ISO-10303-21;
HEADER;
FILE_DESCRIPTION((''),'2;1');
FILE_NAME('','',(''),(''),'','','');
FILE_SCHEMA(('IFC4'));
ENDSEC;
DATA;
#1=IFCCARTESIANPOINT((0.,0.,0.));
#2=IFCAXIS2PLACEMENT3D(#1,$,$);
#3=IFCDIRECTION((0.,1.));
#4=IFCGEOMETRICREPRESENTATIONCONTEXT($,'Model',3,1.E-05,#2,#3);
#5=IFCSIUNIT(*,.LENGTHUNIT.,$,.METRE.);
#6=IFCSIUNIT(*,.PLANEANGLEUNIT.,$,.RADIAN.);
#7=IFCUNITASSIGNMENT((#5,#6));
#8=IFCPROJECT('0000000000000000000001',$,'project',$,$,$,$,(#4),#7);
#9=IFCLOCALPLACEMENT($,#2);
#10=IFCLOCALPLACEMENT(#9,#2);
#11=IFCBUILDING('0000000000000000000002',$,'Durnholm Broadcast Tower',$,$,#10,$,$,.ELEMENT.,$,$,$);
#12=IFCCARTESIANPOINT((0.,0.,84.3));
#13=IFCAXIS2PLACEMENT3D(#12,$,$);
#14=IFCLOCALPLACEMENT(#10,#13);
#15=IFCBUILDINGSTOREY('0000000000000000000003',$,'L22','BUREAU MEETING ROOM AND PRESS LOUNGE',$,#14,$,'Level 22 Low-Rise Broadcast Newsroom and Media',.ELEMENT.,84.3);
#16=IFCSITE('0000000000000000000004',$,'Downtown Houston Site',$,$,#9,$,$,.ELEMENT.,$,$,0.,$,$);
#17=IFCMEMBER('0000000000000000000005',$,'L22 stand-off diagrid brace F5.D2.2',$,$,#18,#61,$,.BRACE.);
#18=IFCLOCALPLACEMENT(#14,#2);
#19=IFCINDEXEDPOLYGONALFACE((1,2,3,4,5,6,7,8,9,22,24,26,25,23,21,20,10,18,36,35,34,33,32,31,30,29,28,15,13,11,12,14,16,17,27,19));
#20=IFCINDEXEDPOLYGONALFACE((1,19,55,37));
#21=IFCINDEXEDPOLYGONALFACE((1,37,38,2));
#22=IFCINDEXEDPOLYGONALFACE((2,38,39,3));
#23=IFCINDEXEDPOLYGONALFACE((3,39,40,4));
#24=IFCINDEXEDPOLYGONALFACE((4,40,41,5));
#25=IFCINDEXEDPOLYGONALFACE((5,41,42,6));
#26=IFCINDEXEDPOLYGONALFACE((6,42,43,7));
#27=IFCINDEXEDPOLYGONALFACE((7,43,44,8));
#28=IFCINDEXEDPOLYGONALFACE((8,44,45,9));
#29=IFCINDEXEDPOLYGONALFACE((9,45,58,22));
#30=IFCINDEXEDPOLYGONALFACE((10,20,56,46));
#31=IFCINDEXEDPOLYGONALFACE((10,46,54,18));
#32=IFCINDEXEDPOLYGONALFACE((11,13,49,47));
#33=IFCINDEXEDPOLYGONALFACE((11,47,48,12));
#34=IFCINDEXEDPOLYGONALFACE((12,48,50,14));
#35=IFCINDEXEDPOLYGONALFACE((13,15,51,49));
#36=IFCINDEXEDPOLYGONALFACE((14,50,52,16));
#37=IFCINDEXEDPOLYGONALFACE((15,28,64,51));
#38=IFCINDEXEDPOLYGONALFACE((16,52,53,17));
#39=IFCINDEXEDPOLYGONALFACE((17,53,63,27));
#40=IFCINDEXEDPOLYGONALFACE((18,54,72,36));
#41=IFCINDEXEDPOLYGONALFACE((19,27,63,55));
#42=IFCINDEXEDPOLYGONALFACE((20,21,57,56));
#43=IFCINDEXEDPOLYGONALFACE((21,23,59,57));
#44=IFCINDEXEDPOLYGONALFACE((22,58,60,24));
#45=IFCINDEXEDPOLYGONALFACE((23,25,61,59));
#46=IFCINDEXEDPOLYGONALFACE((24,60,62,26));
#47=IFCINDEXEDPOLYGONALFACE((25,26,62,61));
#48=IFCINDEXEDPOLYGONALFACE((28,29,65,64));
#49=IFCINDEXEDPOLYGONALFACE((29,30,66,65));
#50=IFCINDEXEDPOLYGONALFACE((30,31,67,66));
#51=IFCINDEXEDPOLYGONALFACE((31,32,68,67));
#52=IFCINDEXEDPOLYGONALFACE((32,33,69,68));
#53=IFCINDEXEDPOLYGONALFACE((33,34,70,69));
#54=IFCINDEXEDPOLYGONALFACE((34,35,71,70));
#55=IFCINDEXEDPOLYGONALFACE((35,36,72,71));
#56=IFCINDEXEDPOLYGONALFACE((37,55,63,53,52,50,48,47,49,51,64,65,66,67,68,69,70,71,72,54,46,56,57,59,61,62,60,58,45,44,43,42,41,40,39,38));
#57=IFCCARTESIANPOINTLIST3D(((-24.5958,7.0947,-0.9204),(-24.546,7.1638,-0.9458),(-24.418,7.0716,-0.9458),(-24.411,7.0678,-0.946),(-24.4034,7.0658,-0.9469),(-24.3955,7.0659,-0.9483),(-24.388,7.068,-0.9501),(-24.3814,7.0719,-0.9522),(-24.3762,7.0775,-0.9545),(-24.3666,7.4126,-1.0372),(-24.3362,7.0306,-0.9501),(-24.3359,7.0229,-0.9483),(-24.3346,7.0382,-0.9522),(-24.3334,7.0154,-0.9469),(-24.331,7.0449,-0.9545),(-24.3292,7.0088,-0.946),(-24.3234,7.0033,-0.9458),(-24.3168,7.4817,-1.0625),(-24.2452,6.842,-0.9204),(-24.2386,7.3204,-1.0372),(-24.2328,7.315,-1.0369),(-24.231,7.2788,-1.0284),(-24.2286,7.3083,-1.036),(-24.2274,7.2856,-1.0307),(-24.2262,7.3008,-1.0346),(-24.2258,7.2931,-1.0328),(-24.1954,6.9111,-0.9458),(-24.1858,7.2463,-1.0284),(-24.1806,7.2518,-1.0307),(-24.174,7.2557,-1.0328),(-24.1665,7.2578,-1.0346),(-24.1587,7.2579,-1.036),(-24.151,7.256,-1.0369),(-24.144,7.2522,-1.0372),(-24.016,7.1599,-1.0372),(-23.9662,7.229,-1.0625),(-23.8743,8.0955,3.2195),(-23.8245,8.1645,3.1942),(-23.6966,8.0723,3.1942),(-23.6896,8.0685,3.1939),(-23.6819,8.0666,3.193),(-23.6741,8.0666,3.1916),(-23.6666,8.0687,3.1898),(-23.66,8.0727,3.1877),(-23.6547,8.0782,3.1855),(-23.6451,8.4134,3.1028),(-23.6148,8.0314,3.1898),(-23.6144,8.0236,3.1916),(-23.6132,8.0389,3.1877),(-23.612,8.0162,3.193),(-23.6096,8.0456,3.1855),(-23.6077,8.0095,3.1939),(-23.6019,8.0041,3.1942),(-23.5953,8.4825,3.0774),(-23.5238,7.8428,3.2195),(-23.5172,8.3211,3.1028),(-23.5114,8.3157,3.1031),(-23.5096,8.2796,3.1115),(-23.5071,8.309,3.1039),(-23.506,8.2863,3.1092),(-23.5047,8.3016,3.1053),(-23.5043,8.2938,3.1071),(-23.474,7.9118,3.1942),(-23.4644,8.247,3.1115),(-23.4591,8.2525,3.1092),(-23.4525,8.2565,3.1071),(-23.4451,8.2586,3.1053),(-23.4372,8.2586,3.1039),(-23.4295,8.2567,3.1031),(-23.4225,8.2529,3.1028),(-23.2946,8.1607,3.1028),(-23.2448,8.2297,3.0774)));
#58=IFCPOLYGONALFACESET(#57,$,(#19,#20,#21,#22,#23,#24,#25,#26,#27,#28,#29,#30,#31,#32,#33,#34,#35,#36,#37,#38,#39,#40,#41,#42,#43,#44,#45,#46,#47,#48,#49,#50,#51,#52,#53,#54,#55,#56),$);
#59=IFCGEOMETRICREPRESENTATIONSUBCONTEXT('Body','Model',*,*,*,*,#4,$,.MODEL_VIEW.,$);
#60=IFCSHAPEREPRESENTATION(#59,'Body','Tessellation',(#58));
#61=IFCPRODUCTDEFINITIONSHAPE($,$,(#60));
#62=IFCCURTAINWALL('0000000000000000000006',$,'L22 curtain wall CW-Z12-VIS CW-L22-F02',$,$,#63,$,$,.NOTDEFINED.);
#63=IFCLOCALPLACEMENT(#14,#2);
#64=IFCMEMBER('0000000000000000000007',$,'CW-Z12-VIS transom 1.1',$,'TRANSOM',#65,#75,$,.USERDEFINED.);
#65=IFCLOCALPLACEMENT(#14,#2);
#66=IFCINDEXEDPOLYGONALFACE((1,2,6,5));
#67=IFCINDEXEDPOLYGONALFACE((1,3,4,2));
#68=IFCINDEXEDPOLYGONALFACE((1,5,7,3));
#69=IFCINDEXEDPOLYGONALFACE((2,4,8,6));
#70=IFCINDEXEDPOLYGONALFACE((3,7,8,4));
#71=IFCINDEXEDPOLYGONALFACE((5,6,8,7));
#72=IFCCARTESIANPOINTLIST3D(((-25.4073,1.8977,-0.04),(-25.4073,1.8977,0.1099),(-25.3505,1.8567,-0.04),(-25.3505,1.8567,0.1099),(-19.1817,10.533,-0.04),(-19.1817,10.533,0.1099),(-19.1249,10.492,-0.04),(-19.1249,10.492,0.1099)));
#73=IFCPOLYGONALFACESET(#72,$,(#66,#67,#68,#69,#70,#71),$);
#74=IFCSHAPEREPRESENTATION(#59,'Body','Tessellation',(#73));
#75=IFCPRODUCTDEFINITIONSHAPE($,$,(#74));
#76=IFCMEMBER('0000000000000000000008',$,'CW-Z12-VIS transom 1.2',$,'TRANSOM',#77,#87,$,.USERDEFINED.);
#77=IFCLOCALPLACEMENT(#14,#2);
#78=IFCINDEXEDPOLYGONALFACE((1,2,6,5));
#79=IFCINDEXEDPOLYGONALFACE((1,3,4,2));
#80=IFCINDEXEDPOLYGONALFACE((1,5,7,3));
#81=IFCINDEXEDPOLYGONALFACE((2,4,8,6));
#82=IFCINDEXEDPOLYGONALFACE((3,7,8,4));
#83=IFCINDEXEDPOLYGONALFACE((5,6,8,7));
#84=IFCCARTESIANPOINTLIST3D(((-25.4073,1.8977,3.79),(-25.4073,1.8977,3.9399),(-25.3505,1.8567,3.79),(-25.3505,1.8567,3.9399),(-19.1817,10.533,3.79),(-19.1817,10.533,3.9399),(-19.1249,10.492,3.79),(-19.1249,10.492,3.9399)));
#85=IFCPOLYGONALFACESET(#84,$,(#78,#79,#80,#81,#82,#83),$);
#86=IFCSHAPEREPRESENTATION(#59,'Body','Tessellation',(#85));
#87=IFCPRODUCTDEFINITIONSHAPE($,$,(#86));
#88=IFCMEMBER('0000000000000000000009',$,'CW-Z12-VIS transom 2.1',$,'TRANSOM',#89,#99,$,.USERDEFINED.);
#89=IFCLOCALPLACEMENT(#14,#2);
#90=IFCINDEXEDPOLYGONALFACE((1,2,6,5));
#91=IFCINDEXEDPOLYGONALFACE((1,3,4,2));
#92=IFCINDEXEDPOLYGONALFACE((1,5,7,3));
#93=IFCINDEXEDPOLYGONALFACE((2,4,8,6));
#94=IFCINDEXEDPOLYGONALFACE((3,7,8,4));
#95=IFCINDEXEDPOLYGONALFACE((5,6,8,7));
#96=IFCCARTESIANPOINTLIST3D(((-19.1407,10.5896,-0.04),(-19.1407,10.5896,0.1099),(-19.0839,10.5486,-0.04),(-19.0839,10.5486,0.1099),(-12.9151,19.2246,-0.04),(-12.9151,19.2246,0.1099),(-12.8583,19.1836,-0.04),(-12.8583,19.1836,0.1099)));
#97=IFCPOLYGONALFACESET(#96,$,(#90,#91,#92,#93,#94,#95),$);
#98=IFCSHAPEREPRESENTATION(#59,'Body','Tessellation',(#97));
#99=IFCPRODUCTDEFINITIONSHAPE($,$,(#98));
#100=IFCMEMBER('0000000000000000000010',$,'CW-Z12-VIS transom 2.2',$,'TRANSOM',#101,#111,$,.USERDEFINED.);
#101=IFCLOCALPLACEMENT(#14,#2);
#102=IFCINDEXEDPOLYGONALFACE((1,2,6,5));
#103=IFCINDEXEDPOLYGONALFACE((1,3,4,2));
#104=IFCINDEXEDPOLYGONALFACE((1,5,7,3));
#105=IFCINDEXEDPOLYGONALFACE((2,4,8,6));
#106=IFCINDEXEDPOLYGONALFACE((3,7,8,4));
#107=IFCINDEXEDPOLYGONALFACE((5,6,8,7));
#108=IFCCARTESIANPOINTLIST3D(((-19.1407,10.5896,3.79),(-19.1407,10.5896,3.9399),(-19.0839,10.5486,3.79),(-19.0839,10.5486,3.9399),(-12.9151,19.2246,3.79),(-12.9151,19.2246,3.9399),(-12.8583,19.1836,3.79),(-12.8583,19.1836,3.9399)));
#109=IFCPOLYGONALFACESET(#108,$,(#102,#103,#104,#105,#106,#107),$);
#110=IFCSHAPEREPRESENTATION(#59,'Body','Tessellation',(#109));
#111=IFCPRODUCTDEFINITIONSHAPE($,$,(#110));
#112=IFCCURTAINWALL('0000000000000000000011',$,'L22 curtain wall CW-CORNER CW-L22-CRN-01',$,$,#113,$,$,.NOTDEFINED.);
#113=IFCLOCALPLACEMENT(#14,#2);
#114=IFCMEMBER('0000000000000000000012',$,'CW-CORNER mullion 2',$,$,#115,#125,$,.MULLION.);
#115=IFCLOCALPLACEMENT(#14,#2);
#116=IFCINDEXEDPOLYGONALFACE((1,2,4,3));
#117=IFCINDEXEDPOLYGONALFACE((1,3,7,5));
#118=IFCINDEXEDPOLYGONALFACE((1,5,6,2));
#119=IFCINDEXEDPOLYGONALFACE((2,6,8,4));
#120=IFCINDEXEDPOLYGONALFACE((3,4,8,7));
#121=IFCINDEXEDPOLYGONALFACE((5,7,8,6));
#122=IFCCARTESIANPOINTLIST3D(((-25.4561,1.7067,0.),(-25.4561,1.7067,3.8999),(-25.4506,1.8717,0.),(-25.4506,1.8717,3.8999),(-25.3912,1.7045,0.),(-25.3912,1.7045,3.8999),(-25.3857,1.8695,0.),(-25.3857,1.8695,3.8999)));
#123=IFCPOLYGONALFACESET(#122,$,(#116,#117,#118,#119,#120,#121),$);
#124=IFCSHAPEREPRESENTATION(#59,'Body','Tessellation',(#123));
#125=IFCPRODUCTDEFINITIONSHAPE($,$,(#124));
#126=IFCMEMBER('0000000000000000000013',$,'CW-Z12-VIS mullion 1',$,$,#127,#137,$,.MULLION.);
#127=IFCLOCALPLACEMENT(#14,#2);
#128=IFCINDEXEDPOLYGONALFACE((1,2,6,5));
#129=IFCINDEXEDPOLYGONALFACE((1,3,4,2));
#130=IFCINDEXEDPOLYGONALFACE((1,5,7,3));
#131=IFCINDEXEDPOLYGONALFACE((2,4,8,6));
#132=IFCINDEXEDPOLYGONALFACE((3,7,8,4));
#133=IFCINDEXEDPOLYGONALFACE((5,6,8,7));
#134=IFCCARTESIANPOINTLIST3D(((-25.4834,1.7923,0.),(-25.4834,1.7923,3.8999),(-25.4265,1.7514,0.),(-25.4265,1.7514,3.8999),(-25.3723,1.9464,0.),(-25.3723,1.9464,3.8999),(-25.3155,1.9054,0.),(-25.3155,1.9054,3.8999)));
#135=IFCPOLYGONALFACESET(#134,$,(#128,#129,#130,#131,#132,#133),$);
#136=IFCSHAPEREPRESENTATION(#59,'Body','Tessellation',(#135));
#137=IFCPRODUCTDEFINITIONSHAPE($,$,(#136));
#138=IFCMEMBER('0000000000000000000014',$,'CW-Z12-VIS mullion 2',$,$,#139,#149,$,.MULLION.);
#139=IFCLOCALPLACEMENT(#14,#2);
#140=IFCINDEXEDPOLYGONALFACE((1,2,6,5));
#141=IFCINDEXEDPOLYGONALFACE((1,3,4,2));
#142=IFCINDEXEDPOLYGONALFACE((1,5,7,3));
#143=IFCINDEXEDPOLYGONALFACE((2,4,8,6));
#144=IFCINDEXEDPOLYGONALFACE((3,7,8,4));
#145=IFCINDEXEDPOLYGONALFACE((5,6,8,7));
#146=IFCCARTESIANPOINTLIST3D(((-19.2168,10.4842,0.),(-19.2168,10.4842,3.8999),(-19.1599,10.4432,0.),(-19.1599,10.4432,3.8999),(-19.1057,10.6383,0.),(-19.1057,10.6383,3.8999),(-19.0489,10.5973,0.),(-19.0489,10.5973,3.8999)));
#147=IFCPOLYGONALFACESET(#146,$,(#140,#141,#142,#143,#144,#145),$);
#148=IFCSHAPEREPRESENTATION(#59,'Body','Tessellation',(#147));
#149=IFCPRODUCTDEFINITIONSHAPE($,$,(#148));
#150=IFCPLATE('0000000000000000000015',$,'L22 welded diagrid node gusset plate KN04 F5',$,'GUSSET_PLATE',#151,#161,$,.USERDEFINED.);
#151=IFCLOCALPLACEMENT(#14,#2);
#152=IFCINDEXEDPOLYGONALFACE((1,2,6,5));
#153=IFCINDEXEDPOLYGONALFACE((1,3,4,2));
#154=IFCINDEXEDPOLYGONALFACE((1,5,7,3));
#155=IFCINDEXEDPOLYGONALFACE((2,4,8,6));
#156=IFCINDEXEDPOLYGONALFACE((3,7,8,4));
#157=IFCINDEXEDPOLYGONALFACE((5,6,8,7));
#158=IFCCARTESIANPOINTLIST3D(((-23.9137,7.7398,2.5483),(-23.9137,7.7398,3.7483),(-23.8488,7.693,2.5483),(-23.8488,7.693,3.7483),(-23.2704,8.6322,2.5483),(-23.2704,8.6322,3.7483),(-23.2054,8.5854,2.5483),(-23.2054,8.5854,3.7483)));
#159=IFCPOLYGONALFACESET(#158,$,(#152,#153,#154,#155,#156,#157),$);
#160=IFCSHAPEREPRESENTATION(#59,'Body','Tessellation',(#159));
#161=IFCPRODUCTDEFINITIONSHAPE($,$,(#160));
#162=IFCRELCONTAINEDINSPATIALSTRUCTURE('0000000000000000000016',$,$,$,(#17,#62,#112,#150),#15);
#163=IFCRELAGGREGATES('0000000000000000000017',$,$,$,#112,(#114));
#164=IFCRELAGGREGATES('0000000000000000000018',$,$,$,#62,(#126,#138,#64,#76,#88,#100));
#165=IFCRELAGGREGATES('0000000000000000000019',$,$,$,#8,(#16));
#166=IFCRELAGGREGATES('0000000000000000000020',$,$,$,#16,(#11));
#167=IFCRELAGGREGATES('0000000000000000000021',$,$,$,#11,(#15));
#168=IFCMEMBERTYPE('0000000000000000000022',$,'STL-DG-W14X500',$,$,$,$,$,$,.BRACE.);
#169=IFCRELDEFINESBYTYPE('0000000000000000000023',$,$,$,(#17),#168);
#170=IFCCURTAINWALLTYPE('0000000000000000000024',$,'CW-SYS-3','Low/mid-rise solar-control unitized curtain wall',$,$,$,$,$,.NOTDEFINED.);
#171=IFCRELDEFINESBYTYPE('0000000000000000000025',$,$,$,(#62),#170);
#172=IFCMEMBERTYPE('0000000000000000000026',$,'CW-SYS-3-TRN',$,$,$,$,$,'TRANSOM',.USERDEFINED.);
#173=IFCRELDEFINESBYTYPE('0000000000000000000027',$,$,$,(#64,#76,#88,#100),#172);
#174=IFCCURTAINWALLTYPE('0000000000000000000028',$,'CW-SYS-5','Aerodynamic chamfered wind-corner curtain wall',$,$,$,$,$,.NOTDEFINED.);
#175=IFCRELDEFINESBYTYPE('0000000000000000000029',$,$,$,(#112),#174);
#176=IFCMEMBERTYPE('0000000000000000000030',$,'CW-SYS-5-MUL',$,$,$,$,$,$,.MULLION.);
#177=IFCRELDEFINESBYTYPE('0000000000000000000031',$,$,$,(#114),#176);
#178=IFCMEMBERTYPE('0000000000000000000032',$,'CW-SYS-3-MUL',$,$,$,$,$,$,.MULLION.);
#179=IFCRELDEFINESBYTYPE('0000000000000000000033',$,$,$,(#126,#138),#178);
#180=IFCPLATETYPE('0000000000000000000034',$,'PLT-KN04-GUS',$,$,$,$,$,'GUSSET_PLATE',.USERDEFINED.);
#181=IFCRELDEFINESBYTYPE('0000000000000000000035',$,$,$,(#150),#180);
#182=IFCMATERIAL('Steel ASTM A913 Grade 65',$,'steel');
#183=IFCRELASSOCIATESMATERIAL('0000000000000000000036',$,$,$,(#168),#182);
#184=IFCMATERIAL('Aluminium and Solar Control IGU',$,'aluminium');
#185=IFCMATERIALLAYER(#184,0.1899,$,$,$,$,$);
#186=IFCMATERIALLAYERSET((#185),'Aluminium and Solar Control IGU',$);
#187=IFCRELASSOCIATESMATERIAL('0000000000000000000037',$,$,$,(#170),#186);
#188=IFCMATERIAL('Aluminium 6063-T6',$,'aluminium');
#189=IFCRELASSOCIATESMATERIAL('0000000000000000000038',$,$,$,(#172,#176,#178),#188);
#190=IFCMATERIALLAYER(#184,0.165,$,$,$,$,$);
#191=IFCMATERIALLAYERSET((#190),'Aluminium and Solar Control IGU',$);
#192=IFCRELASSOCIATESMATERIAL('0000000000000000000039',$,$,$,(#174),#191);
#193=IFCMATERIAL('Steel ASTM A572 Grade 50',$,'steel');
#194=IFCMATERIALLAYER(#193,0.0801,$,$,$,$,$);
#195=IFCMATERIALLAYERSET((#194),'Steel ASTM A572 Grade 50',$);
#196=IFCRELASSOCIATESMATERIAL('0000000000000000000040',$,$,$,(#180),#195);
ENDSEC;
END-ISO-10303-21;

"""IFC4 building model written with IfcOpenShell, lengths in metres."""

from ifc_helpers import new_model, si_unit, direction, frame, origin, origin_2d, place, context, subcontext, project, spatial, rectangle, i_section, extrude, source, transform, mapped, material, layer, layer_set, material_profile, profile_set, type_object, type_shapes, element, aggregate, save


model = new_model("IFC4")

# Units and contexts
model_context = context("Model", 3, precision=1e-05, world=origin(), true_north=direction((0.0, 1.0)))
body_context = subcontext(model_context, "Body", "Model", "MODEL_VIEW")
ifc_project = project(units=[si_unit("LENGTHUNIT", "METRE"), si_unit("PLANEANGLEUNIT", "RADIAN")], contexts=[model_context])

# Site, building, storey
site_placement = place(None, origin())
site = spatial("IfcSite", under=ifc_project, at=site_placement, Name="Downtown Houston Site", CompositionType="ELEMENT", RefElevation=0.0)
building_placement = place(site_placement, origin())
building = spatial("IfcBuilding", under=site, at=building_placement, Name="Durnholm Broadcast Tower", CompositionType="ELEMENT")
storey_placement = place(building_placement, frame((0.0, 0.0, 84.3)))
storey = spatial("IfcBuildingStorey", under=building, at=storey_placement, Name="L22", Description="BUREAU MEETING ROOM AND PRESS LOUNGE", LongName="Level 22 Low-Rise Broadcast Newsroom and Media", CompositionType="ELEMENT", Elevation=84.3)

# Member
ifc_material_1 = material(Name="Steel ASTM A913 Grade 65", Category="steel")
ifc_material_profile_1 = material_profile(ifc_material_1, i_section(OverallWidth=0.4321, OverallDepth=0.4978, WebThickness=0.0557, FlangeThickness=0.0889, FilletRadius=0.0305, at=origin_2d()), Name="W14X500")
ifc_profile_set_1 = profile_set([ifc_material_profile_1], Name="Steel ASTM A913 Grade 65")
member_type_1 = type_object("IfcMemberType", Name="STL-DG-W14X500", PredefinedType="BRACE", material=ifc_profile_set_1)
shared_shape_1 = source(origin(), body_context, "Body", "SweptSolid", [
    extrude(i_section(OverallWidth=0.4321, OverallDepth=0.4978, WebThickness=0.0557, FlangeThickness=0.0889, FilletRadius=0.0305, at=origin_2d()), origin(), (0.0, 0.0, 1.0), 4.3198),
])
type_shapes(member_type_1, [shared_shape_1])
for number, where, z_axis, x_axis, name in (
    (1, (-24.281, 7.1619, -0.9915), (0.167007, 0.231662, 0.958354), (-0.811185, 0.584789, 0.0), "L22 stand-off diagrid brace F5.D2.2"),
):
    element("IfcMember", number, at=place(storey_placement, frame(where, z_axis=z_axis, x_axis=x_axis)), inside=storey, type_object=member_type_1, Name=name, PredefinedType="BRACE", context=body_context, shape_type="MappedRepresentation", body=[
        mapped(shared_shape_1, transform((0.0, 0.0, 0.0), x_axis=(1.0, 0.0, 0.0), y_axis=(0.0, 1.0, 0.0), z_axis=(0.0, 0.0, 1.0), scale=1.0)),
    ])

# Curtain wall, members
ifc_material_2 = material(Name="Aluminium and Solar Control IGU", Category="aluminium")
ifc_layer_1 = layer(ifc_material_2, 0.1899)
ifc_layer_set_1 = layer_set([ifc_layer_1], Name="Aluminium and Solar Control IGU")
curtain_wall_type_1 = type_object("IfcCurtainWallType", Name="CW-SYS-3", Description="Low/mid-rise solar-control unitized curtain wall", PredefinedType="NOTDEFINED", material=ifc_layer_set_1)
curtain_wall_1_placement = place(storey_placement, origin())
curtain_wall_1 = element("IfcCurtainWall", 2, at=curtain_wall_1_placement, inside=storey, type_object=curtain_wall_type_1, Name="L22 curtain wall CW-Z12-VIS CW-L22-F02", PredefinedType="NOTDEFINED")
ifc_material_3 = material(Name="Aluminium 6063-T6", Category="aluminium")
ifc_material_profile_2 = material_profile(ifc_material_3, rectangle(XDim=0.0701, YDim=0.1499, at=origin_2d()), Name="CWT70X150")
ifc_profile_set_2 = profile_set([ifc_material_profile_2], Name="Aluminium 6063-T6")
member_type_2 = type_object("IfcMemberType", Name="CW-SYS-3-TRN", ElementType="TRANSOM", PredefinedType="USERDEFINED", material=ifc_profile_set_2)
shared_shape_2 = source(origin(), body_context, "Body", "SweptSolid", [
    extrude(rectangle(XDim=0.0701, YDim=0.1499, at=origin_2d()), origin(), (0.0, 0.0, 1.0), 10.6455),
])
member_1_placement = place(storey_placement, frame((-25.3789, 1.8772, 0.0349), z_axis=(0.584812, 0.811169, 0.0), x_axis=(-0.811169, 0.584812, 0.0)))
member_1 = element("IfcMember", 3, at=member_1_placement, type_object=member_type_2, Name="CW-Z12-VIS transom 1.1", ObjectType="TRANSOM", PredefinedType="USERDEFINED", context=body_context, shape_type="MappedRepresentation", body=[
    mapped(shared_shape_2, transform((0.0, 0.0, 0.0), x_axis=(1.0, 0.0, 0.0), y_axis=(0.0, 1.0, 0.0), z_axis=(0.0, 0.0, 1.0), scale=1.0)),
])
member_2_placement = place(storey_placement, frame((-25.3789, 1.8772, 3.865), z_axis=(0.584812, 0.811169, 0.0), x_axis=(-0.811169, 0.584812, 0.0)))
member_2 = element("IfcMember", 4, at=member_2_placement, type_object=member_type_2, Name="CW-Z12-VIS transom 1.2", ObjectType="TRANSOM", PredefinedType="USERDEFINED", context=body_context, shape_type="MappedRepresentation", body=[
    mapped(shared_shape_2, transform((0.0, 0.0, 0.0), x_axis=(1.0, 0.0, 0.0), y_axis=(0.0, 1.0, 0.0), z_axis=(0.0, 0.0, 1.0), scale=1.0)),
])
shared_shape_3 = source(origin(), body_context, "Body", "SweptSolid", [
    extrude(rectangle(XDim=0.0701, YDim=0.1499, at=origin_2d()), origin(), (0.0, 0.0, 1.0), 10.6453),
])
type_shapes(member_type_2, [shared_shape_2, shared_shape_3])
member_3_placement = place(storey_placement, frame((-19.1123, 10.5691, 0.0349), z_axis=(0.584823, 0.811161, 0.0), x_axis=(-0.811161, 0.584823, 0.0)))
member_3 = element("IfcMember", 5, at=member_3_placement, type_object=member_type_2, Name="CW-Z12-VIS transom 2.1", ObjectType="TRANSOM", PredefinedType="USERDEFINED", context=body_context, shape_type="MappedRepresentation", body=[
    mapped(shared_shape_3, transform((0.0, 0.0, 0.0), x_axis=(1.0, 0.0, 0.0), y_axis=(0.0, 1.0, 0.0), z_axis=(0.0, 0.0, 1.0), scale=1.0)),
])
member_4_placement = place(storey_placement, frame((-19.1123, 10.5691, 3.865), z_axis=(0.584823, 0.811161, 0.0), x_axis=(-0.811161, 0.584823, 0.0)))
member_4 = element("IfcMember", 6, at=member_4_placement, type_object=member_type_2, Name="CW-Z12-VIS transom 2.2", ObjectType="TRANSOM", PredefinedType="USERDEFINED", context=body_context, shape_type="MappedRepresentation", body=[
    mapped(shared_shape_3, transform((0.0, 0.0, 0.0), x_axis=(1.0, 0.0, 0.0), y_axis=(0.0, 1.0, 0.0), z_axis=(0.0, 0.0, 1.0), scale=1.0)),
])

# Curtain wall, member
ifc_layer_2 = layer(ifc_material_2, 0.165)
ifc_layer_set_2 = layer_set([ifc_layer_2], Name="Aluminium and Solar Control IGU")
curtain_wall_type_2 = type_object("IfcCurtainWallType", Name="CW-SYS-5", Description="Aerodynamic chamfered wind-corner curtain wall", PredefinedType="NOTDEFINED", material=ifc_layer_set_2)
curtain_wall_2_placement = place(storey_placement, origin())
curtain_wall_2 = element("IfcCurtainWall", 7, at=curtain_wall_2_placement, inside=storey, type_object=curtain_wall_type_2, Name="L22 curtain wall CW-CORNER CW-L22-CRN-01", PredefinedType="NOTDEFINED")
ifc_material_profile_3 = material_profile(ifc_material_3, rectangle(XDim=0.0649, YDim=0.165, at=origin_2d()), Name="CWM65X165")
ifc_profile_set_3 = profile_set([ifc_material_profile_3], Name="Aluminium 6063-T6")
member_type_3 = type_object("IfcMemberType", Name="CW-SYS-5-MUL", PredefinedType="MULLION", material=ifc_profile_set_3)
shared_shape_4 = source(origin(), body_context, "Body", "SweptSolid", [
    extrude(rectangle(XDim=0.0649, YDim=0.165, at=origin_2d()), origin(), (0.0, 0.0, 1.0), 3.8999),
])
type_shapes(member_type_3, [shared_shape_4])
member_5_placement = place(storey_placement, frame((-25.4209, 1.7881, 0.0), z_axis=(0.0, 0.0, 1.0), x_axis=(-0.999427, 0.03384, 0.0)))
member_5 = element("IfcMember", 8, at=member_5_placement, type_object=member_type_3, Name="CW-CORNER mullion 2", PredefinedType="MULLION", context=body_context, shape_type="MappedRepresentation", body=[
    mapped(shared_shape_4, transform((0.0, 0.0, 0.0), x_axis=(1.0, 0.0, 0.0), y_axis=(0.0, 1.0, 0.0), z_axis=(0.0, 0.0, 1.0), scale=1.0)),
])

# Members
ifc_material_profile_4 = material_profile(ifc_material_3, rectangle(XDim=0.0701, YDim=0.1899, at=origin_2d()), Name="CWM70X190")
ifc_profile_set_4 = profile_set([ifc_material_profile_4], Name="Aluminium 6063-T6")
member_type_4 = type_object("IfcMemberType", Name="CW-SYS-3-MUL", PredefinedType="MULLION", material=ifc_profile_set_4)
shared_shape_5 = source(origin(), body_context, "Body", "SweptSolid", [
    extrude(rectangle(XDim=0.0701, YDim=0.1899, at=origin_2d()), origin(), (0.0, 0.0, 1.0), 3.8999),
])
type_shapes(member_type_4, [shared_shape_5])
member_6_placement = place(storey_placement, frame((-25.3994, 1.8489, 0.0), z_axis=(0.0, 0.0, 1.0), x_axis=(-0.811161, 0.584823, 0.0)))
member_6 = element("IfcMember", 9, at=member_6_placement, type_object=member_type_4, Name="CW-Z12-VIS mullion 1", PredefinedType="MULLION", context=body_context, shape_type="MappedRepresentation", body=[
    mapped(shared_shape_5, transform((0.0, 0.0, 0.0), x_axis=(1.0, 0.0, 0.0), y_axis=(0.0, 1.0, 0.0), z_axis=(0.0, 0.0, 1.0), scale=1.0)),
])
member_7_placement = place(storey_placement, frame((-19.1328, 10.5408, 0.0), z_axis=(0.0, 0.0, 1.0), x_axis=(-0.811161, 0.584823, 0.0)))
member_7 = element("IfcMember", 10, at=member_7_placement, type_object=member_type_4, Name="CW-Z12-VIS mullion 2", PredefinedType="MULLION", context=body_context, shape_type="MappedRepresentation", body=[
    mapped(shared_shape_5, transform((0.0, 0.0, 0.0), x_axis=(1.0, 0.0, 0.0), y_axis=(0.0, 1.0, 0.0), z_axis=(0.0, 0.0, 1.0), scale=1.0)),
])

# Plate
ifc_material_4 = material(Name="Steel ASTM A572 Grade 50", Category="steel")
ifc_layer_3 = layer(ifc_material_4, 0.0801)
ifc_layer_set_3 = layer_set([ifc_layer_3], Name="Steel ASTM A572 Grade 50")
plate_type_1 = type_object("IfcPlateType", Name="PLT-KN04-GUS", ElementType="GUSSET_PLATE", PredefinedType="USERDEFINED", material=ifc_layer_set_3)
shared_shape_6 = source(origin(), body_context, "Body", "SweptSolid", [
    extrude(rectangle(XDim=1.1001, YDim=0.0801, at=origin_2d()), origin(), (0.0, 0.0, 1.0), 1.2),
])
type_shapes(plate_type_1, [shared_shape_6])
plate_1_placement = place(storey_placement, frame((-23.5596, 8.1626, 2.5483), z_axis=(0.0, 0.0, 1.0), x_axis=(-0.584816, -0.811166, 0.0)))
element("IfcPlate", 11, at=plate_1_placement, inside=storey, type_object=plate_type_1, Name="L22 welded diagrid node gusset plate KN04 F5", ObjectType="GUSSET_PLATE", PredefinedType="USERDEFINED", context=body_context, shape_type="MappedRepresentation", body=[
    mapped(shared_shape_6, transform((0.0, 0.0, 0.0), x_axis=(1.0, 0.0, 0.0), y_axis=(0.0, 1.0, 0.0), z_axis=(0.0, 0.0, 1.0), scale=1.0)),
])
aggregate(curtain_wall_2, [member_5])
aggregate(curtain_wall_1, [member_6, member_7, member_1, member_2, member_3, member_4])

save(model, "model.ifc")
